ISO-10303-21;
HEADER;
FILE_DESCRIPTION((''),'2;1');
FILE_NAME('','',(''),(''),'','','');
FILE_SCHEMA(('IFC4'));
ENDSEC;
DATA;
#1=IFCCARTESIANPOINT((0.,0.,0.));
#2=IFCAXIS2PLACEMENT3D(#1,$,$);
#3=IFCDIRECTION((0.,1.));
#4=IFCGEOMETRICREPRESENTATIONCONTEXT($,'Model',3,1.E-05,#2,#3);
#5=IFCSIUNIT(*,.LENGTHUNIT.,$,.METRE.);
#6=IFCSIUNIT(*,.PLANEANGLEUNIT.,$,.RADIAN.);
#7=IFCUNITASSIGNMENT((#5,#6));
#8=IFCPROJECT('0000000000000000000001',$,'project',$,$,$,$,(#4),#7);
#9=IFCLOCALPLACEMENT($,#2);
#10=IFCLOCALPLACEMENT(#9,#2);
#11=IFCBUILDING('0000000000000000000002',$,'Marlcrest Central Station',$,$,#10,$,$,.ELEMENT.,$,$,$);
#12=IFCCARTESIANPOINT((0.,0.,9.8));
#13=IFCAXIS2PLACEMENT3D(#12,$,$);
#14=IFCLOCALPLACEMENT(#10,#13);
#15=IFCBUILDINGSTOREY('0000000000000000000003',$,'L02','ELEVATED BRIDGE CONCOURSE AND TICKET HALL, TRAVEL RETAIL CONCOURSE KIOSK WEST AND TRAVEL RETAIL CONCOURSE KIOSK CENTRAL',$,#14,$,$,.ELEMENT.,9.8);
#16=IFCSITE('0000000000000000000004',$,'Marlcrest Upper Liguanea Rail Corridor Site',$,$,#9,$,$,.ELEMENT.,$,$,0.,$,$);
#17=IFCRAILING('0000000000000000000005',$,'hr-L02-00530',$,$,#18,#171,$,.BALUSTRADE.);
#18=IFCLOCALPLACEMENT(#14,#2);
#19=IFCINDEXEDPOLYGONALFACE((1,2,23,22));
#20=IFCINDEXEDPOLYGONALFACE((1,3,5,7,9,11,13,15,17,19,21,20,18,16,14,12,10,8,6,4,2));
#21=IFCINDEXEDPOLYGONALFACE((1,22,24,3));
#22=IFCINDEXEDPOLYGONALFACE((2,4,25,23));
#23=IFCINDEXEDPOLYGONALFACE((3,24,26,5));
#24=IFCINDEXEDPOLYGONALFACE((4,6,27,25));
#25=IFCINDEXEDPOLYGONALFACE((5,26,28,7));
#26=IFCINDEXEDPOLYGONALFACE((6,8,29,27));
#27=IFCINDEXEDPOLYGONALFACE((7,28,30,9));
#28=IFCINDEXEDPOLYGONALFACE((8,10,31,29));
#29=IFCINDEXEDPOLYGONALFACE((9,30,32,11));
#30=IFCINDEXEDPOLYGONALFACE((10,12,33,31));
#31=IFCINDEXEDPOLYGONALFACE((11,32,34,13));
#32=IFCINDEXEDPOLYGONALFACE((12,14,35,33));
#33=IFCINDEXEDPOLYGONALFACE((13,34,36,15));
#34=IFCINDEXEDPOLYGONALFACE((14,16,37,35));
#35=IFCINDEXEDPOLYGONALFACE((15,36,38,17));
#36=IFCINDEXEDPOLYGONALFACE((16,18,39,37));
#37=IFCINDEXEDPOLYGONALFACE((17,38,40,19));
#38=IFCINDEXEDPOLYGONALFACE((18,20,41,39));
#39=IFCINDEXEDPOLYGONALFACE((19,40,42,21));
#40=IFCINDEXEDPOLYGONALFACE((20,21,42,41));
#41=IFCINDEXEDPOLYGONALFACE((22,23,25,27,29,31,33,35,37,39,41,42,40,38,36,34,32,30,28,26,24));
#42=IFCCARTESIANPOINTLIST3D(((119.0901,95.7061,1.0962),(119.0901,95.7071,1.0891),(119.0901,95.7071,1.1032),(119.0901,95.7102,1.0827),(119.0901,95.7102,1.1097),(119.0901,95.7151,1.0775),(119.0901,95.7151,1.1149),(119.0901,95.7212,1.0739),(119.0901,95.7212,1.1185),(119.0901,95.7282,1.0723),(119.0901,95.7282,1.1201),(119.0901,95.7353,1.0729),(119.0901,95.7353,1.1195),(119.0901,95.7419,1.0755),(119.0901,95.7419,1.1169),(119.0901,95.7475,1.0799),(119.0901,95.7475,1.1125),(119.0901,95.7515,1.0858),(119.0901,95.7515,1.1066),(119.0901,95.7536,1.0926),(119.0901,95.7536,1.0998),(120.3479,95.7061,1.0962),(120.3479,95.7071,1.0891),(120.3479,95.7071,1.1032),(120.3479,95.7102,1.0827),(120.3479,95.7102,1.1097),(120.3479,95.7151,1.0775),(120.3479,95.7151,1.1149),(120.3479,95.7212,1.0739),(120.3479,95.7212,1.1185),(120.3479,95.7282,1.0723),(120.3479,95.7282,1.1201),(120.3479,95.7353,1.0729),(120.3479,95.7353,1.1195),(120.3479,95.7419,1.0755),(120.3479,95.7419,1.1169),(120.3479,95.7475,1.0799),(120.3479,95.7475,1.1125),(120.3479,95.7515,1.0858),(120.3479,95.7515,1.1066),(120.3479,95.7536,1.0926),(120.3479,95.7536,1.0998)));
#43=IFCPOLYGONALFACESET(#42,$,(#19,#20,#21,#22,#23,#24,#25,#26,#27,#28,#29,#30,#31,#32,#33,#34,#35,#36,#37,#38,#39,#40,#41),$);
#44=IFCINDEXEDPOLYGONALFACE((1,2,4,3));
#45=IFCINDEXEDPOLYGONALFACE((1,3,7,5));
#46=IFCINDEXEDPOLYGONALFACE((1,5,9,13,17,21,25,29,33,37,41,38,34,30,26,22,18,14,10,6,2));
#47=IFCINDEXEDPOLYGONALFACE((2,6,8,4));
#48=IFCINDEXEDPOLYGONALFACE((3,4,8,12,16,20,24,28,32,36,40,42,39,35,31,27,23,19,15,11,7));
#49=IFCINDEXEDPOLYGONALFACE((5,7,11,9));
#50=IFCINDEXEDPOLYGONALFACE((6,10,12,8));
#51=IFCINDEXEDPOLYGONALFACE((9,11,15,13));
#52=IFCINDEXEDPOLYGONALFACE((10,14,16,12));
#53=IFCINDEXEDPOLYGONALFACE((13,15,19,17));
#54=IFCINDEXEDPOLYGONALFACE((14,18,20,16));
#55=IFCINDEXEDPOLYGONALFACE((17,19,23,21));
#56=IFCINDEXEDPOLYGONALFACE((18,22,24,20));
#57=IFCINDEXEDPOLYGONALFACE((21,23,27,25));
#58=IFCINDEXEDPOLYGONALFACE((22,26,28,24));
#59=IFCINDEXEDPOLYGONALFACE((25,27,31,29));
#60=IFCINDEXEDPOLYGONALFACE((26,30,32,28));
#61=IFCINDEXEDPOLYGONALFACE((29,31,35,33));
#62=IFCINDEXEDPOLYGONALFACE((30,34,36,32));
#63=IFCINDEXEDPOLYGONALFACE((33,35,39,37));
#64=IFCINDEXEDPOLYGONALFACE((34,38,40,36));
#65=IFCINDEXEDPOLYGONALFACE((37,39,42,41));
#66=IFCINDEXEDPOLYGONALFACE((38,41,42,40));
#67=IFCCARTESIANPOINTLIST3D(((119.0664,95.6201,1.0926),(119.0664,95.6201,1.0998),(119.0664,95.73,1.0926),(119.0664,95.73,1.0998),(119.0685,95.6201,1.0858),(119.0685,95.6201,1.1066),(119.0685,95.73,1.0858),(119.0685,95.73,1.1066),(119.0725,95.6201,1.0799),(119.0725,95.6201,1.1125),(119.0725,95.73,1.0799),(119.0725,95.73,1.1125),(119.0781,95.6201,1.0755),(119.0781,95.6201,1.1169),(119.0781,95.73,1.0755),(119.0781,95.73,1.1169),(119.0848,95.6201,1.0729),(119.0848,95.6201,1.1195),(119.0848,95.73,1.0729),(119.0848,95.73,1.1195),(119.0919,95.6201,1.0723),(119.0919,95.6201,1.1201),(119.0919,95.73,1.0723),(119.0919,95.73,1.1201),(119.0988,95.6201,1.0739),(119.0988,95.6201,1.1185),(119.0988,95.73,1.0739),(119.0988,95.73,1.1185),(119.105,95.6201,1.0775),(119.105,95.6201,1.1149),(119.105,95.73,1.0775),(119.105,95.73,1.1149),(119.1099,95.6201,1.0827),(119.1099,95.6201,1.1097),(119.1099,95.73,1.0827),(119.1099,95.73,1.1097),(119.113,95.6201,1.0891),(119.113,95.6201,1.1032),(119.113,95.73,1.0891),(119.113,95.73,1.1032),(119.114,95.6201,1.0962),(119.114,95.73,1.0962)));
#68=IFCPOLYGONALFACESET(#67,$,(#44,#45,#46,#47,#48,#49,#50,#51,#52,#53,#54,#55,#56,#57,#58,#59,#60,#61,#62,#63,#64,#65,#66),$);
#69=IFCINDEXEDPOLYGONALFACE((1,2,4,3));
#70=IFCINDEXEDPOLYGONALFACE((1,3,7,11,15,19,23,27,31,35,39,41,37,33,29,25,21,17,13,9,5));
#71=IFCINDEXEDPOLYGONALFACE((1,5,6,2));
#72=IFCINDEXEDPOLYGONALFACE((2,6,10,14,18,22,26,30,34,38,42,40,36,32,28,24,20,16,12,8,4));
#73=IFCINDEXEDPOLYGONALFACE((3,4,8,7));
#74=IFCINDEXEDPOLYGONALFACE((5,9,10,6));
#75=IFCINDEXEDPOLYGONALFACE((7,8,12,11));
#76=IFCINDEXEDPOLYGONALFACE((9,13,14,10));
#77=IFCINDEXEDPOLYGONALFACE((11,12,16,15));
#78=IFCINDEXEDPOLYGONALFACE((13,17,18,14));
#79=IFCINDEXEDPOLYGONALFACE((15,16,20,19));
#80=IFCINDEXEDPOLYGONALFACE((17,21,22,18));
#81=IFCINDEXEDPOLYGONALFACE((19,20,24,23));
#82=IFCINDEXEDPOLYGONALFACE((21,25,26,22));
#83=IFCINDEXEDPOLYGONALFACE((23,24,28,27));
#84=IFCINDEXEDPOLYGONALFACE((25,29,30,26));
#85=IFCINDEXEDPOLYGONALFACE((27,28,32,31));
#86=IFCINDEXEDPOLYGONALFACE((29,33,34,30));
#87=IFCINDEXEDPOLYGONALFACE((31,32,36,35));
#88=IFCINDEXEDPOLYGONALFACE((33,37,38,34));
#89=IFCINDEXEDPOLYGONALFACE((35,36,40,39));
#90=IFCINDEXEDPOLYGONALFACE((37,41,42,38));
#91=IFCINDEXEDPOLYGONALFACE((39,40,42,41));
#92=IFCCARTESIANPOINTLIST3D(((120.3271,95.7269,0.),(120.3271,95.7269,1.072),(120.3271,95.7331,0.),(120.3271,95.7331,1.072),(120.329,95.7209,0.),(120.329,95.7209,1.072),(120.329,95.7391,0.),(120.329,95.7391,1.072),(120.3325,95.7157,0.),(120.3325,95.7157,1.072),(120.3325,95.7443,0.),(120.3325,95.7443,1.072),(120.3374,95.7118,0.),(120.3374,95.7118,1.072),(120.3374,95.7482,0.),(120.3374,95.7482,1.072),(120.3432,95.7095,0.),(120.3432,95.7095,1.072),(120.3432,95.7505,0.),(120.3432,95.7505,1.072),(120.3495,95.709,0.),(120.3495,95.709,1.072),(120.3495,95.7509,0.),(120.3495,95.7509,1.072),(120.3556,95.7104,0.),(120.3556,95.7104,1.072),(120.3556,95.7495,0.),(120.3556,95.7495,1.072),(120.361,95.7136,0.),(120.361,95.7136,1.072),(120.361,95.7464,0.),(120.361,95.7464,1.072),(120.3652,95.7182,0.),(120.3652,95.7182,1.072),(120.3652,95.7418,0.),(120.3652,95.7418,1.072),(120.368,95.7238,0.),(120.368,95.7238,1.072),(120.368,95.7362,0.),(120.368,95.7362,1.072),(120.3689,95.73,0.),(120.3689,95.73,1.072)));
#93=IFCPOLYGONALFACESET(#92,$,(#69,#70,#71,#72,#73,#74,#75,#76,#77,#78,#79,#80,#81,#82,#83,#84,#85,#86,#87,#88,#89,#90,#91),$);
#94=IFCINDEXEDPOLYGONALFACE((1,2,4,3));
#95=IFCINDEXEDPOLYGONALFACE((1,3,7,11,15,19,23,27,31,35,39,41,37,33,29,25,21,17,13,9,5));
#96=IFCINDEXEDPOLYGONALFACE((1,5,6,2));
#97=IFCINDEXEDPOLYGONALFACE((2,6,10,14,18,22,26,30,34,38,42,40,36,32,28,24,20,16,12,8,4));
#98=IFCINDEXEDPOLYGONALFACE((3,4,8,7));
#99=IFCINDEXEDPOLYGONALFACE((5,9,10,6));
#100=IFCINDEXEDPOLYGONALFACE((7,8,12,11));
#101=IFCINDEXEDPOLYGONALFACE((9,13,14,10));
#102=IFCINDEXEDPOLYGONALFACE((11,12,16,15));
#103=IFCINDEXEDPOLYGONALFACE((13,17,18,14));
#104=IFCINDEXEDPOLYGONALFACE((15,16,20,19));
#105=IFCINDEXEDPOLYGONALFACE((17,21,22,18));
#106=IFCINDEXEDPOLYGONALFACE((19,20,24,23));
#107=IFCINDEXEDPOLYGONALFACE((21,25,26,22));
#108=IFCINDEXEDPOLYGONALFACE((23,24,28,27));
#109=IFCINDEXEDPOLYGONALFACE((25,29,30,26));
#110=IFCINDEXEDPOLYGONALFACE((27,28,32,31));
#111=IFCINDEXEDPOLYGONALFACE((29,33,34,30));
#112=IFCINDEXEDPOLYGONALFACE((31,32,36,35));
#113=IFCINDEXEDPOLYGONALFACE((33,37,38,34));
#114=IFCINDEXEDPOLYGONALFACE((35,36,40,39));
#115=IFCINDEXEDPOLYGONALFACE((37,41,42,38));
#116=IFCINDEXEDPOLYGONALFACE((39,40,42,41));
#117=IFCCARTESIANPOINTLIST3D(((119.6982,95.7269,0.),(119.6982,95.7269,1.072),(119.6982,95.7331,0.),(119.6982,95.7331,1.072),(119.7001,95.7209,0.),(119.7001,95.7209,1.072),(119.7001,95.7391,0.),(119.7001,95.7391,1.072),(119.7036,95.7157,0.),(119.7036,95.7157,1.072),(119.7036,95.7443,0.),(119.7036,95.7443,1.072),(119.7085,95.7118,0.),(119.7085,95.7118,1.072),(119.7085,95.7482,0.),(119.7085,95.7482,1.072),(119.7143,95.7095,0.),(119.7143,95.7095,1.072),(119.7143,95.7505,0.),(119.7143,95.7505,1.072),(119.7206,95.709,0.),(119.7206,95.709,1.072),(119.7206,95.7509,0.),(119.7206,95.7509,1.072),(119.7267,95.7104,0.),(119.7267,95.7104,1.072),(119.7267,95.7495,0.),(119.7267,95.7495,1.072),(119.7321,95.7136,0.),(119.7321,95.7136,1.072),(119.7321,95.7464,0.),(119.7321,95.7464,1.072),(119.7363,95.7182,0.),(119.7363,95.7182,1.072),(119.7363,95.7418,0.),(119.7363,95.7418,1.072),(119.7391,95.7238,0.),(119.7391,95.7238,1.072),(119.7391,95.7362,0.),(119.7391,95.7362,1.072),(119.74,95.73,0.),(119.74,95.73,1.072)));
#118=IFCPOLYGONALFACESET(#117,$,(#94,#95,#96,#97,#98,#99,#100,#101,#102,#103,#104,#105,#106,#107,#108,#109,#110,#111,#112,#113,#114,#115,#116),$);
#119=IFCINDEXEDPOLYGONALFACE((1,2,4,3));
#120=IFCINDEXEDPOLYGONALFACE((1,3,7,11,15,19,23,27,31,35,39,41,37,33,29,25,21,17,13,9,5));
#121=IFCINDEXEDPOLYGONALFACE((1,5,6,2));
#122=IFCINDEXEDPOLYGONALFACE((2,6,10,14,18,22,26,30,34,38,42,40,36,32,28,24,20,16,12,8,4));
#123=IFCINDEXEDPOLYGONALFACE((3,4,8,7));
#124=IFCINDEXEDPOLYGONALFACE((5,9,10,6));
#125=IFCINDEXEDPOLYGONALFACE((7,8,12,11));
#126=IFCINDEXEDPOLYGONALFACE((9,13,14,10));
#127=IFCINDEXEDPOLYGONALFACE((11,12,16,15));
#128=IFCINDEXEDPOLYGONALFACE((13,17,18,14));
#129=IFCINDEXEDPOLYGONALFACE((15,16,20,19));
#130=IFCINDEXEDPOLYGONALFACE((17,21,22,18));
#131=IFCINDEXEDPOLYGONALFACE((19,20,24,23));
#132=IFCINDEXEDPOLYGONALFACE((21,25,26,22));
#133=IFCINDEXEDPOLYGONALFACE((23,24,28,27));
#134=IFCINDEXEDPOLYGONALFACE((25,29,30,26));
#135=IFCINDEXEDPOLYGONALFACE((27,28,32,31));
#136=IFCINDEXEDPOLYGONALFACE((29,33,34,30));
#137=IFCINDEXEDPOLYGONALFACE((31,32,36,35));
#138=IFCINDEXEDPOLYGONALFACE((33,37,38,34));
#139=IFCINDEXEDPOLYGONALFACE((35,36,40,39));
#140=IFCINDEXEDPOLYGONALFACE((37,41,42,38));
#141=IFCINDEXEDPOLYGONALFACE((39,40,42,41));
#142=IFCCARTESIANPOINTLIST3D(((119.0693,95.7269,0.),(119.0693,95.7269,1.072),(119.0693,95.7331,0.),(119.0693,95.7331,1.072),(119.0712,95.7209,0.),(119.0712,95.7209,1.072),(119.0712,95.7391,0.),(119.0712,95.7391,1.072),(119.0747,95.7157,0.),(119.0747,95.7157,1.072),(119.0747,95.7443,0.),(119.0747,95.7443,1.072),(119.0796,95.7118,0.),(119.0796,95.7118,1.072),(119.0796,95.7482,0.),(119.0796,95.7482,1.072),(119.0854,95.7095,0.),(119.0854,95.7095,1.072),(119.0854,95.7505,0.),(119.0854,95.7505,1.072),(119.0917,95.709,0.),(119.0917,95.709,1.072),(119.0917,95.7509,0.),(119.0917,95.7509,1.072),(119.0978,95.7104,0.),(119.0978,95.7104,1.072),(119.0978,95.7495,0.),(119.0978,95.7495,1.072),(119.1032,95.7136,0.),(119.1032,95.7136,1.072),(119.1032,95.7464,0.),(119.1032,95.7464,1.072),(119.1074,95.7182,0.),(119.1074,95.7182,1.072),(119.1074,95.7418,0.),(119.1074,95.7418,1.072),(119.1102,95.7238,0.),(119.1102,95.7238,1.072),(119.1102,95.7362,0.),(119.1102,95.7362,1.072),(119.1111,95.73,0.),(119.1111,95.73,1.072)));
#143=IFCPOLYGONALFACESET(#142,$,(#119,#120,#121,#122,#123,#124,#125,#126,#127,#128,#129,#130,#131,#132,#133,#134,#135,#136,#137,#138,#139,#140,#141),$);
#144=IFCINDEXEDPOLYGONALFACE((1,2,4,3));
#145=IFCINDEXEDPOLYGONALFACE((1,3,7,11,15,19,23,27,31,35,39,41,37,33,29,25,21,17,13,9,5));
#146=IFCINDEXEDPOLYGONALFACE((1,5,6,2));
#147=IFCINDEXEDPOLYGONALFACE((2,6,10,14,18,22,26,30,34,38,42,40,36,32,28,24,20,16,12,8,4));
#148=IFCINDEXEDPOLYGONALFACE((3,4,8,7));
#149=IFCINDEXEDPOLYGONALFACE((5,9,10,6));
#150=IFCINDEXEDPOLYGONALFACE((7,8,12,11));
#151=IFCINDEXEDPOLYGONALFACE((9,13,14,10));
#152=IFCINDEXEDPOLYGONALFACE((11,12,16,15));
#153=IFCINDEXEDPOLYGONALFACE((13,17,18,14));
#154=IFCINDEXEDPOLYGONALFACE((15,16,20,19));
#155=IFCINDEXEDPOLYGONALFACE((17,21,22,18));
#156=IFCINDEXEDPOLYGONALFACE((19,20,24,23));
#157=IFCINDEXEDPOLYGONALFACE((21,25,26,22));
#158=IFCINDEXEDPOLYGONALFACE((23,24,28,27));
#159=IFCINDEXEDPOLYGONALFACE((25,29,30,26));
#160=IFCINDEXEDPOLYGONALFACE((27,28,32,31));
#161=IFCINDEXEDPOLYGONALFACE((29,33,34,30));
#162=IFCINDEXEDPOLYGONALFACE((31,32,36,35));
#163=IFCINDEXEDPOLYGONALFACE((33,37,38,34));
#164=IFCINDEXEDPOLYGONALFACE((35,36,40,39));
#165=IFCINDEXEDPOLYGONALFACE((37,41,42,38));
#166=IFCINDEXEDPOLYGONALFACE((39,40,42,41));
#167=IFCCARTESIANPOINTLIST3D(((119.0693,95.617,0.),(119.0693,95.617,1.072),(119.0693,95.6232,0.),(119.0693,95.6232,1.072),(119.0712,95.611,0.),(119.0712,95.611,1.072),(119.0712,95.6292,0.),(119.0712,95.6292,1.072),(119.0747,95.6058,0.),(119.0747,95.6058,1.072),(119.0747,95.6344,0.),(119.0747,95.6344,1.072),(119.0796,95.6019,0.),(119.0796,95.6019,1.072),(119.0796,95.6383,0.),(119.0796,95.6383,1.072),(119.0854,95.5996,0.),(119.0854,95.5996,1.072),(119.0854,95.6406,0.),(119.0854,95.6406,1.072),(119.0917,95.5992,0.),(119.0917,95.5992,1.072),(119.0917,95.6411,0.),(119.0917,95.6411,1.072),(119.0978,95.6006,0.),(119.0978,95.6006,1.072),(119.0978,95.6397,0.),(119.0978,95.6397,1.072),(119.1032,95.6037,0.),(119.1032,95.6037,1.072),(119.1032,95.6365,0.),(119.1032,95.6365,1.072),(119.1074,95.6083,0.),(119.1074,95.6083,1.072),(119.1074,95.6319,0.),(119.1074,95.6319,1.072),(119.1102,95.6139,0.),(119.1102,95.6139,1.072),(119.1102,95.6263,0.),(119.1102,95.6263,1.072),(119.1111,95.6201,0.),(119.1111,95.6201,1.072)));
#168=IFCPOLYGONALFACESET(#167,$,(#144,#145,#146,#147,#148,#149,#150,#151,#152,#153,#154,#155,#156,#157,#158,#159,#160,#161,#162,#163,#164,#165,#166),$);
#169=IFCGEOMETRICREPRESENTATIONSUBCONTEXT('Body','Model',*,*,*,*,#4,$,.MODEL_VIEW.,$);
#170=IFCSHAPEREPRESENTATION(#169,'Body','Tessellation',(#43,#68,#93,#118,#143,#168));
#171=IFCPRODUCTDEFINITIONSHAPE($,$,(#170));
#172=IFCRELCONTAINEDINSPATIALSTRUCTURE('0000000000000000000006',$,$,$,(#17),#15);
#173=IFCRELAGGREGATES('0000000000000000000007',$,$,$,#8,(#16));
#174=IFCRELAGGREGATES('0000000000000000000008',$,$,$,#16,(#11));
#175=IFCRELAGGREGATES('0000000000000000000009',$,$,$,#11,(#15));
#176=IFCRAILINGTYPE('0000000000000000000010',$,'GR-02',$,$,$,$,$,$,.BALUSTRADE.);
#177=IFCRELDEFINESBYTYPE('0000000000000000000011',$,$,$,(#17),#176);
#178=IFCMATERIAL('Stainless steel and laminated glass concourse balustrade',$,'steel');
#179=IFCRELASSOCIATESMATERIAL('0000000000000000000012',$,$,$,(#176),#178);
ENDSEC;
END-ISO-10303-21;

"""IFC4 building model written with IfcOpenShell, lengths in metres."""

from ifc_helpers import new_model, si_unit, direction, frame, origin, origin_2d, place, context, subcontext, project, spatial, circle, extrude, material, type_object, element, save


model = new_model("IFC4")

# Units and contexts
model_context = context("Model", 3, precision=1e-05, world=origin(), true_north=direction((0.0, 1.0)))
body_context = subcontext(model_context, "Body", "Model", "MODEL_VIEW")
ifc_project = project(units=[si_unit("LENGTHUNIT", "METRE"), si_unit("PLANEANGLEUNIT", "RADIAN")], contexts=[model_context])

# Site, building, storey
site_placement = place(None, origin())
site = spatial("IfcSite", under=ifc_project, at=site_placement, Name="Marlcrest Upper Liguanea Rail Corridor Site", CompositionType="ELEMENT", RefElevation=0.0)
building_placement = place(site_placement, origin())
building = spatial("IfcBuilding", under=site, at=building_placement, Name="Marlcrest Central Station", CompositionType="ELEMENT")
storey_placement = place(building_placement, frame((0.0, 0.0, 9.8)))
storey = spatial("IfcBuildingStorey", under=building, at=storey_placement, Name="L02", Description="ELEVATED BRIDGE CONCOURSE AND TICKET HALL, TRAVEL RETAIL CONCOURSE KIOSK WEST AND TRAVEL RETAIL CONCOURSE KIOSK CENTRAL", CompositionType="ELEMENT", Elevation=9.8)

# Railing
ifc_material_1 = material(Name="Stainless steel and laminated glass concourse balustrade", Category="steel")
railing_type = type_object("IfcRailingType", Name="GR-02", PredefinedType="BALUSTRADE", material=ifc_material_1)
railing_1_placement = place(storey_placement, frame((120.3479, 95.73, 0.0)))
element("IfcRailing", 1, at=railing_1_placement, inside=storey, type_object=railing_type, Name="hr-L02-00530", PredefinedType="BALUSTRADE", context=body_context, shape_type="SweptSolid", body=[
    extrude(circle(Radius=0.0239, at=origin_2d()), frame((0.0, 0.0, 1.0962), z_axis=(-1.0, 0.0, 0.0), x_axis=(0.0, -1.0, 0.0)), (0.0, 0.0, 1.0), 1.2578),
    extrude(circle(Radius=0.0239, at=origin_2d()), frame((-1.2578, 0.0, 1.0962), z_axis=(0.0, -1.0, 0.0), x_axis=(1.0, 0.0, 0.0)), (0.0, 0.0, 1.0), 0.1099),
    extrude(circle(Radius=0.021, at=origin_2d()), origin(), (0.0, 0.0, 1.0), 1.072),
    extrude(circle(Radius=0.021, at=origin_2d()), frame((-0.6289, 0.0, 0.0)), (0.0, 0.0, 1.0), 1.072),
    extrude(circle(Radius=0.021, at=origin_2d()), frame((-1.2578, 0.0, 0.0)), (0.0, 0.0, 1.0), 1.072),
    extrude(circle(Radius=0.021, at=origin_2d()), frame((-1.2578, -0.1099, 0.0)), (0.0, 0.0, 1.0), 1.072),
])

save(model, "model.ifc")
